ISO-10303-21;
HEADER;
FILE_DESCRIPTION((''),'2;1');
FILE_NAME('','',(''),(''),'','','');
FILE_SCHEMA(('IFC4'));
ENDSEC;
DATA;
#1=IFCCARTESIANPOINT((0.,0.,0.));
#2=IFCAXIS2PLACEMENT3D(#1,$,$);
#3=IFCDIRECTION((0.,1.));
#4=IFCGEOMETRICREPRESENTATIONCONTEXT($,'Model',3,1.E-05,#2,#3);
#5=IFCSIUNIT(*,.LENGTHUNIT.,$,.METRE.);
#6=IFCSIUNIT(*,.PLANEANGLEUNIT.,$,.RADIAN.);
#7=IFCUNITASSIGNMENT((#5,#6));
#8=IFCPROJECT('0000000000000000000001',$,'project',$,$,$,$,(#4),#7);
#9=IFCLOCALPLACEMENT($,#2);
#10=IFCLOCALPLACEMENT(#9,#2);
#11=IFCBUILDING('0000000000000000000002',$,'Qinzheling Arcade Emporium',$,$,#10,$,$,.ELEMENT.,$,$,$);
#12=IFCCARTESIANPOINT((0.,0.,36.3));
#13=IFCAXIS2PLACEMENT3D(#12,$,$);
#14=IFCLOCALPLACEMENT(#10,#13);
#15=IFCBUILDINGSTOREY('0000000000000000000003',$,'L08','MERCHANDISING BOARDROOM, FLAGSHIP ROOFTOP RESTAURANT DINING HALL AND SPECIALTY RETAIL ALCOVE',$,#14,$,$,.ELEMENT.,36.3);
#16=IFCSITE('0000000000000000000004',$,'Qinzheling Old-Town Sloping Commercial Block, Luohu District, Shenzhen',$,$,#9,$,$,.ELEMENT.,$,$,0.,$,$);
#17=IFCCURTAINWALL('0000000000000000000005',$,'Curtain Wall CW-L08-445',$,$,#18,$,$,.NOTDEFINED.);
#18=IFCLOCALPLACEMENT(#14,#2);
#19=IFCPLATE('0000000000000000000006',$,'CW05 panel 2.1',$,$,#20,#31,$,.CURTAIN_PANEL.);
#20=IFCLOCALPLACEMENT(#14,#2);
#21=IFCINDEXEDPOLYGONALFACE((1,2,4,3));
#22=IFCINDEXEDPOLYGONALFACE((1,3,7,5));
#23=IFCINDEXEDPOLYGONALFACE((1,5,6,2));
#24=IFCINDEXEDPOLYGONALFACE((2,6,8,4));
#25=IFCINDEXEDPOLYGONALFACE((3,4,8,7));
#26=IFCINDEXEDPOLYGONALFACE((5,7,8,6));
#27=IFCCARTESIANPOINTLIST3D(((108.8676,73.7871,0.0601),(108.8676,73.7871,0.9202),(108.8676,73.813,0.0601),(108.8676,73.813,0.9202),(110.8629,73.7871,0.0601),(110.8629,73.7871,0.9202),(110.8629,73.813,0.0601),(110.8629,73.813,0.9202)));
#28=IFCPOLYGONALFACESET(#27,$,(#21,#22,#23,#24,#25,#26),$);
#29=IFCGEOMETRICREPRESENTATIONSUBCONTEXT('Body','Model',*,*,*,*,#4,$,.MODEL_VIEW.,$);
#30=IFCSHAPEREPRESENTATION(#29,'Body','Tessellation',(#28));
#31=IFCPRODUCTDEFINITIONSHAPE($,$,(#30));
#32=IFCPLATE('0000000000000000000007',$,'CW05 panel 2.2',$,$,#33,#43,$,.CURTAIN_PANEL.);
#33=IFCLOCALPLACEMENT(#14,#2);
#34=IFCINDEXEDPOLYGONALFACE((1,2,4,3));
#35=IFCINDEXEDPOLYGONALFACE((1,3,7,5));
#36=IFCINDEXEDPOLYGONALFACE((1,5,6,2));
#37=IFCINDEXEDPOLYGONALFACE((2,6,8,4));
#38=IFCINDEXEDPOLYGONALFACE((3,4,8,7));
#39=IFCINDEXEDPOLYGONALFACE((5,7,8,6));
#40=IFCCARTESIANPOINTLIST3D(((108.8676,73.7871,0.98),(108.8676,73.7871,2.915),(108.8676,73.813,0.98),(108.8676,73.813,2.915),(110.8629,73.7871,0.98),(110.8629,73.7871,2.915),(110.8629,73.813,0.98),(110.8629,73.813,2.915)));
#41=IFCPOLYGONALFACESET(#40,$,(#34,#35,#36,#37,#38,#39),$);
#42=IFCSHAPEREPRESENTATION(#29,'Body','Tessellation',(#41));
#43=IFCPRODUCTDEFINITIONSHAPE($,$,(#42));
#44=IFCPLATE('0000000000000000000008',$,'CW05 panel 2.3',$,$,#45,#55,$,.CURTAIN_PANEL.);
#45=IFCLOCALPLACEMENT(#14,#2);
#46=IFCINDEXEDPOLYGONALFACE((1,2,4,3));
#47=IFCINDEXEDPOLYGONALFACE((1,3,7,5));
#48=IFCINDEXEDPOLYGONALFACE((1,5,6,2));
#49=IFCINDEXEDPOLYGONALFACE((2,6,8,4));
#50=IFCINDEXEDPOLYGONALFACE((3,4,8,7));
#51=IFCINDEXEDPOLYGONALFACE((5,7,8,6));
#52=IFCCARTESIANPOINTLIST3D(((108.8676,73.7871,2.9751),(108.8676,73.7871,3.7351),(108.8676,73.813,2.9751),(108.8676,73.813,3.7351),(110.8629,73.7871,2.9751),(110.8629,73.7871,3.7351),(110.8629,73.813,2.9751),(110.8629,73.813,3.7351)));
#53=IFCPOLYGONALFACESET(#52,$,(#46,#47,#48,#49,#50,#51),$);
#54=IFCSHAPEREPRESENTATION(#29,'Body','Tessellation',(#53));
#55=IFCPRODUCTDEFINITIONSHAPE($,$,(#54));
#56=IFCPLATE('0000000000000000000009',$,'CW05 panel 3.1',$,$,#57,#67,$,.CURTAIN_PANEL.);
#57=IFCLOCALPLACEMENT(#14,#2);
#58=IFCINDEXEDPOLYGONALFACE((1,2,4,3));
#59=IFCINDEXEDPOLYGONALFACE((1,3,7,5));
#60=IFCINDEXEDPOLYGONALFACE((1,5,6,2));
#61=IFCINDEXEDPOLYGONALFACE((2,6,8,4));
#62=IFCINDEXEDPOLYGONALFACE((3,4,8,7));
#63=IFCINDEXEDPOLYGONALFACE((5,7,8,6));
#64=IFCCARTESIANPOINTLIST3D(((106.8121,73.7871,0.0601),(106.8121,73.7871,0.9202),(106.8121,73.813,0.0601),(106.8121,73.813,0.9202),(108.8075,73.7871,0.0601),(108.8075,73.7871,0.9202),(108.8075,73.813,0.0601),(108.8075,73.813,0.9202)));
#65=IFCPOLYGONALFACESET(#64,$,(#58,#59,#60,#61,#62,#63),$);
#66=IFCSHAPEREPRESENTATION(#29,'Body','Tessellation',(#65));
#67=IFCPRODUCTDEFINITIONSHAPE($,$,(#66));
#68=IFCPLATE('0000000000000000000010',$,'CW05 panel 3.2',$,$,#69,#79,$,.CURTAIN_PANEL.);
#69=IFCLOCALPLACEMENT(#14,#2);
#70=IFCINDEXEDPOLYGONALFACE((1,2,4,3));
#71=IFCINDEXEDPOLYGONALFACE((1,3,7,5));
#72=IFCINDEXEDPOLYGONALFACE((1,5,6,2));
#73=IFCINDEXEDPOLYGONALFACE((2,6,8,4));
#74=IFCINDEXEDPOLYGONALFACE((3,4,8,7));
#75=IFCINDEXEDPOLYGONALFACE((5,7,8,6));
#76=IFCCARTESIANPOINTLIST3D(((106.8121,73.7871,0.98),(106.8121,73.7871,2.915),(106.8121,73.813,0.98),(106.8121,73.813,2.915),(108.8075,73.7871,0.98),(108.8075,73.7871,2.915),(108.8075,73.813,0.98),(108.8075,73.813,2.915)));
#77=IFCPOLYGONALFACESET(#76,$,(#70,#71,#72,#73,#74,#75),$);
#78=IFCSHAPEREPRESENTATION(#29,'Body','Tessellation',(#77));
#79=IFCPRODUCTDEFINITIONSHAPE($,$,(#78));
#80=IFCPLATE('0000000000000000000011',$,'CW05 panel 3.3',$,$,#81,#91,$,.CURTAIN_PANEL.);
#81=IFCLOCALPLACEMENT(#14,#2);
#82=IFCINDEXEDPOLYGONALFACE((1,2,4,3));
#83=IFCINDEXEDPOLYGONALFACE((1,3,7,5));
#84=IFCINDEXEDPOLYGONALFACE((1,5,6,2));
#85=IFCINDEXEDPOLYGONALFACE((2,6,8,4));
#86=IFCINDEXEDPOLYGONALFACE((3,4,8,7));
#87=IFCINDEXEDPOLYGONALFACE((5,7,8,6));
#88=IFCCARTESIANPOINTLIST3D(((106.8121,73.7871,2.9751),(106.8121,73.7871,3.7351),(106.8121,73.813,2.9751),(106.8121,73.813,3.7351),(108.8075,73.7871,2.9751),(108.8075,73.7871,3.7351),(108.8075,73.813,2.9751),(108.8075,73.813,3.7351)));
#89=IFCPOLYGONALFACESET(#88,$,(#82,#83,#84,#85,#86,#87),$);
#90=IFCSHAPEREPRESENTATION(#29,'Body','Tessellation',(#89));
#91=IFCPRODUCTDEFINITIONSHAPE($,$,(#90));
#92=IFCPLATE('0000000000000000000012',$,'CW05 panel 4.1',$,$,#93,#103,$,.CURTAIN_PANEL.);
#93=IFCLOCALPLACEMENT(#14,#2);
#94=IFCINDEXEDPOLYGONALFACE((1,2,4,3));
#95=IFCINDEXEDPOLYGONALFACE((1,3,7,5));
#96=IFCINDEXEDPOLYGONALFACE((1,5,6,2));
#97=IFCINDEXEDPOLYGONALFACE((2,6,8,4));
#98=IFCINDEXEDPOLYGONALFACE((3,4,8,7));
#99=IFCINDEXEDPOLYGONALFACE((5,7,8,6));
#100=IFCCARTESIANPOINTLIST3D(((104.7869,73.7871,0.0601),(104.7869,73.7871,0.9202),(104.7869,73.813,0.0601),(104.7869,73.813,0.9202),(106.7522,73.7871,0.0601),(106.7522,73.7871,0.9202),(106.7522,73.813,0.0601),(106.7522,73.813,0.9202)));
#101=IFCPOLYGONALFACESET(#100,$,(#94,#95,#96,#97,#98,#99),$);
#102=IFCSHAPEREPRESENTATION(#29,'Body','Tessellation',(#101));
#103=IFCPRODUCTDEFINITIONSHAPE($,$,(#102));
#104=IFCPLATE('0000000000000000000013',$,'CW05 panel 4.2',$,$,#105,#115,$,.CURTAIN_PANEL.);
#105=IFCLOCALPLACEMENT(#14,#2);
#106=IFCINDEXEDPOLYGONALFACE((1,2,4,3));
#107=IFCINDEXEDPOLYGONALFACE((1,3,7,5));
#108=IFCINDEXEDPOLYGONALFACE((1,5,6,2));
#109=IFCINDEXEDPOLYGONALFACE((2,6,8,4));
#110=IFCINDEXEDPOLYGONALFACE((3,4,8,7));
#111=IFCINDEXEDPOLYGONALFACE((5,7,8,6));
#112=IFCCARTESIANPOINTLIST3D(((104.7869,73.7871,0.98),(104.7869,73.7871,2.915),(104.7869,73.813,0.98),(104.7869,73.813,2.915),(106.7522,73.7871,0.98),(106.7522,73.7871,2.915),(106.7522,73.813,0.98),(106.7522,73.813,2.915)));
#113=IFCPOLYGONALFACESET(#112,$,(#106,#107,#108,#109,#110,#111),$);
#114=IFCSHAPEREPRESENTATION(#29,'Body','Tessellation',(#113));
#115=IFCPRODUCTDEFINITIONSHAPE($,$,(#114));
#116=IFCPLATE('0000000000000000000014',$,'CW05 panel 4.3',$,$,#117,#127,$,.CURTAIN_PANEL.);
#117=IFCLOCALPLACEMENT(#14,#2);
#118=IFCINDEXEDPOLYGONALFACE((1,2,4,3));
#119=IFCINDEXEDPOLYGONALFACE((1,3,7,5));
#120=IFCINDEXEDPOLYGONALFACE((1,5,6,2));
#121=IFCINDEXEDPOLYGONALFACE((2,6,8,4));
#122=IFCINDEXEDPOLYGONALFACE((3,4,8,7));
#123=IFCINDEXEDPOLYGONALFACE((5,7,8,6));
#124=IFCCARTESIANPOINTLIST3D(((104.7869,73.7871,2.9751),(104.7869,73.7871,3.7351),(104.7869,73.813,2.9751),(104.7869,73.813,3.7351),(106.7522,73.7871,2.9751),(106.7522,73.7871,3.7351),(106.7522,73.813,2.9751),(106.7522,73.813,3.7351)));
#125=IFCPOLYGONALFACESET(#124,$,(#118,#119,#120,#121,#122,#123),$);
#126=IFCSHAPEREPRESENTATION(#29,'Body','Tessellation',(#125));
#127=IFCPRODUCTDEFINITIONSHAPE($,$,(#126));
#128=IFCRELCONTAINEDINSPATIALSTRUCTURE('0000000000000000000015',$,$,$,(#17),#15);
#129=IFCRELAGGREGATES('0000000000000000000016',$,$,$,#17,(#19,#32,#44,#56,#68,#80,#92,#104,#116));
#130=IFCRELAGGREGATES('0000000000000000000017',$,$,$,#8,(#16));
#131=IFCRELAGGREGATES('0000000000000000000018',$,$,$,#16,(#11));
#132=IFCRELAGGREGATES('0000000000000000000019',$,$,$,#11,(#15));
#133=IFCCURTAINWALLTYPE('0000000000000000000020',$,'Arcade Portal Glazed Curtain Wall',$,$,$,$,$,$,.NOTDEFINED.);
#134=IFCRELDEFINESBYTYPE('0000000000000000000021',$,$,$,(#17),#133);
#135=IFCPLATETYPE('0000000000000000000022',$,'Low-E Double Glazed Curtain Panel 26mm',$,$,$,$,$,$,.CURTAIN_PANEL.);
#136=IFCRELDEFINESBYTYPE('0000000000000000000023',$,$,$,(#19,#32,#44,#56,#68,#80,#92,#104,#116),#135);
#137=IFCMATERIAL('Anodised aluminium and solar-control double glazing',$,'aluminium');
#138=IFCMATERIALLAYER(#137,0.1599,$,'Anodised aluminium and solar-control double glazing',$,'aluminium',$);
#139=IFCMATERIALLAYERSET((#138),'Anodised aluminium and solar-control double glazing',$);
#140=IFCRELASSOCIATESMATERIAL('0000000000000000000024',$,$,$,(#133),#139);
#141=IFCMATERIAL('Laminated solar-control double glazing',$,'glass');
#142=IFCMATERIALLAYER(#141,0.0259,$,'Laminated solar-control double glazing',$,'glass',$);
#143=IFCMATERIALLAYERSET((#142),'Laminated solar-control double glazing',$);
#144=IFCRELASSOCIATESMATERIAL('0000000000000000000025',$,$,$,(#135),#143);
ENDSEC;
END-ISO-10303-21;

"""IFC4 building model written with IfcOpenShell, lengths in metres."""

from ifc_helpers import new_model, si_unit, direction, frame, origin, origin_2d, place, context, subcontext, project, spatial, rectangle, extrude, material, layer, layer_set, type_object, element, aggregate, save


model = new_model("IFC4")

# Units and contexts
model_context = context("Model", 3, precision=1e-05, world=origin(), true_north=direction((0.0, 1.0)))
body_context = subcontext(model_context, "Body", "Model", "MODEL_VIEW")
ifc_project = project(units=[si_unit("LENGTHUNIT", "METRE"), si_unit("PLANEANGLEUNIT", "RADIAN")], contexts=[model_context])

# Site, building, storey
site_placement = place(None, origin())
site = spatial("IfcSite", under=ifc_project, at=site_placement, Name="Qinzheling Old-Town Sloping Commercial Block, Luohu District, Shenzhen", CompositionType="ELEMENT", RefElevation=0.0)
building_placement = place(site_placement, origin())
building = spatial("IfcBuilding", under=site, at=building_placement, Name="Qinzheling Arcade Emporium", CompositionType="ELEMENT")
storey_placement = place(building_placement, frame((0.0, 0.0, 36.3)))
storey = spatial("IfcBuildingStorey", under=building, at=storey_placement, Name="L08", Description="MERCHANDISING BOARDROOM, FLAGSHIP ROOFTOP RESTAURANT DINING HALL AND SPECIALTY RETAIL ALCOVE", CompositionType="ELEMENT", Elevation=36.3)

# Curtain wall
ifc_material_1 = material(Name="Anodised aluminium and solar-control double glazing", Category="aluminium")
ifc_layer_1 = layer(ifc_material_1, 0.1599, Name="Anodised aluminium and solar-control double glazing", Category="aluminium")
ifc_layer_set_1 = layer_set([ifc_layer_1], Name="Anodised aluminium and solar-control double glazing")
curtain_wall_type = type_object("IfcCurtainWallType", Name="Arcade Portal Glazed Curtain Wall", PredefinedType="NOTDEFINED", material=ifc_layer_set_1)
curtain_wall_placement = place(storey_placement, origin())
curtain_wall = element("IfcCurtainWall", 1, at=curtain_wall_placement, inside=storey, type_object=curtain_wall_type, Name="Curtain Wall CW-L08-445", PredefinedType="NOTDEFINED")

# Plates
ifc_material_2 = material(Name="Laminated solar-control double glazing", Category="glass")
ifc_layer_2 = layer(ifc_material_2, 0.0259, Name="Laminated solar-control double glazing", Category="glass")
ifc_layer_set_2 = layer_set([ifc_layer_2], Name="Laminated solar-control double glazing")
plate_type = type_object("IfcPlateType", Name="Low-E Double Glazed Curtain Panel 26mm", PredefinedType="CURTAIN_PANEL", material=ifc_layer_set_2)
plate_1_placement = place(storey_placement, frame((109.8652, 73.8, 0.0601), z_axis=(0.0, 0.0, 1.0), x_axis=(-1.0, 0.0, 0.0)))
plate_1 = element("IfcPlate", 2, at=plate_1_placement, type_object=plate_type, Name="CW05 panel 2.1", PredefinedType="CURTAIN_PANEL", context=body_context, shape_type="SweptSolid", body=[
    extrude(rectangle(XDim=1.9954, YDim=0.0259, at=origin_2d()), origin(), (0.0, 0.0, 1.0), 0.8601),
])
plate_2_placement = place(storey_placement, frame((109.8652, 73.8, 0.98), z_axis=(0.0, 0.0, 1.0), x_axis=(-1.0, 0.0, 0.0)))
plate_2 = element("IfcPlate", 3, at=plate_2_placement, type_object=plate_type, Name="CW05 panel 2.2", PredefinedType="CURTAIN_PANEL", context=body_context, shape_type="SweptSolid", body=[
    extrude(rectangle(XDim=1.9954, YDim=0.0259, at=origin_2d()), origin(), (0.0, 0.0, 1.0), 1.9351),
])
plate_3_placement = place(storey_placement, frame((109.8652, 73.8, 2.9751), z_axis=(0.0, 0.0, 1.0), x_axis=(-1.0, 0.0, 0.0)))
plate_3 = element("IfcPlate", 4, at=plate_3_placement, type_object=plate_type, Name="CW05 panel 2.3", PredefinedType="CURTAIN_PANEL", context=body_context, shape_type="SweptSolid", body=[
    extrude(rectangle(XDim=1.9954, YDim=0.0259, at=origin_2d()), origin(), (0.0, 0.0, 1.0), 0.76),
])
plate_4_placement = place(storey_placement, frame((107.8098, 73.8, 0.0601), z_axis=(0.0, 0.0, 1.0), x_axis=(-1.0, 0.0, 0.0)))
plate_4 = element("IfcPlate", 5, at=plate_4_placement, type_object=plate_type, Name="CW05 panel 3.1", PredefinedType="CURTAIN_PANEL", context=body_context, shape_type="SweptSolid", body=[
    extrude(rectangle(XDim=1.9954, YDim=0.0259, at=origin_2d()), origin(), (0.0, 0.0, 1.0), 0.8601),
])
plate_5_placement = place(storey_placement, frame((107.8098, 73.8, 0.98), z_axis=(0.0, 0.0, 1.0), x_axis=(-1.0, 0.0, 0.0)))
plate_5 = element("IfcPlate", 6, at=plate_5_placement, type_object=plate_type, Name="CW05 panel 3.2", PredefinedType="CURTAIN_PANEL", context=body_context, shape_type="SweptSolid", body=[
    extrude(rectangle(XDim=1.9954, YDim=0.0259, at=origin_2d()), origin(), (0.0, 0.0, 1.0), 1.9351),
])
plate_6_placement = place(storey_placement, frame((107.8098, 73.8, 2.9751), z_axis=(0.0, 0.0, 1.0), x_axis=(-1.0, 0.0, 0.0)))
plate_6 = element("IfcPlate", 7, at=plate_6_placement, type_object=plate_type, Name="CW05 panel 3.3", PredefinedType="CURTAIN_PANEL", context=body_context, shape_type="SweptSolid", body=[
    extrude(rectangle(XDim=1.9954, YDim=0.0259, at=origin_2d()), origin(), (0.0, 0.0, 1.0), 0.76),
])
plate_7_placement = place(storey_placement, frame((105.7695, 73.8, 0.0601), z_axis=(0.0, 0.0, 1.0), x_axis=(-1.0, 0.0, 0.0)))
plate_7 = element("IfcPlate", 8, at=plate_7_placement, type_object=plate_type, Name="CW05 panel 4.1", PredefinedType="CURTAIN_PANEL", context=body_context, shape_type="SweptSolid", body=[
    extrude(rectangle(XDim=1.9653, YDim=0.0259, at=origin_2d()), origin(), (0.0, 0.0, 1.0), 0.8601),
])
plate_8_placement = place(storey_placement, frame((105.7695, 73.8, 0.98), z_axis=(0.0, 0.0, 1.0), x_axis=(-1.0, 0.0, 0.0)))
plate_8 = element("IfcPlate", 9, at=plate_8_placement, type_object=plate_type, Name="CW05 panel 4.2", PredefinedType="CURTAIN_PANEL", context=body_context, shape_type="SweptSolid", body=[
    extrude(rectangle(XDim=1.9653, YDim=0.0259, at=origin_2d()), origin(), (0.0, 0.0, 1.0), 1.9351),
])
plate_9_placement = place(storey_placement, frame((105.7695, 73.8, 2.9751), z_axis=(0.0, 0.0, 1.0), x_axis=(-1.0, 0.0, 0.0)))
plate_9 = element("IfcPlate", 10, at=plate_9_placement, type_object=plate_type, Name="CW05 panel 4.3", PredefinedType="CURTAIN_PANEL", context=body_context, shape_type="SweptSolid", body=[
    extrude(rectangle(XDim=1.9653, YDim=0.0259, at=origin_2d()), origin(), (0.0, 0.0, 1.0), 0.76),
])
aggregate(curtain_wall, [plate_1, plate_2, plate_3, plate_4, plate_5, plate_6, plate_7, plate_8, plate_9])

save(model, "model.ifc")
